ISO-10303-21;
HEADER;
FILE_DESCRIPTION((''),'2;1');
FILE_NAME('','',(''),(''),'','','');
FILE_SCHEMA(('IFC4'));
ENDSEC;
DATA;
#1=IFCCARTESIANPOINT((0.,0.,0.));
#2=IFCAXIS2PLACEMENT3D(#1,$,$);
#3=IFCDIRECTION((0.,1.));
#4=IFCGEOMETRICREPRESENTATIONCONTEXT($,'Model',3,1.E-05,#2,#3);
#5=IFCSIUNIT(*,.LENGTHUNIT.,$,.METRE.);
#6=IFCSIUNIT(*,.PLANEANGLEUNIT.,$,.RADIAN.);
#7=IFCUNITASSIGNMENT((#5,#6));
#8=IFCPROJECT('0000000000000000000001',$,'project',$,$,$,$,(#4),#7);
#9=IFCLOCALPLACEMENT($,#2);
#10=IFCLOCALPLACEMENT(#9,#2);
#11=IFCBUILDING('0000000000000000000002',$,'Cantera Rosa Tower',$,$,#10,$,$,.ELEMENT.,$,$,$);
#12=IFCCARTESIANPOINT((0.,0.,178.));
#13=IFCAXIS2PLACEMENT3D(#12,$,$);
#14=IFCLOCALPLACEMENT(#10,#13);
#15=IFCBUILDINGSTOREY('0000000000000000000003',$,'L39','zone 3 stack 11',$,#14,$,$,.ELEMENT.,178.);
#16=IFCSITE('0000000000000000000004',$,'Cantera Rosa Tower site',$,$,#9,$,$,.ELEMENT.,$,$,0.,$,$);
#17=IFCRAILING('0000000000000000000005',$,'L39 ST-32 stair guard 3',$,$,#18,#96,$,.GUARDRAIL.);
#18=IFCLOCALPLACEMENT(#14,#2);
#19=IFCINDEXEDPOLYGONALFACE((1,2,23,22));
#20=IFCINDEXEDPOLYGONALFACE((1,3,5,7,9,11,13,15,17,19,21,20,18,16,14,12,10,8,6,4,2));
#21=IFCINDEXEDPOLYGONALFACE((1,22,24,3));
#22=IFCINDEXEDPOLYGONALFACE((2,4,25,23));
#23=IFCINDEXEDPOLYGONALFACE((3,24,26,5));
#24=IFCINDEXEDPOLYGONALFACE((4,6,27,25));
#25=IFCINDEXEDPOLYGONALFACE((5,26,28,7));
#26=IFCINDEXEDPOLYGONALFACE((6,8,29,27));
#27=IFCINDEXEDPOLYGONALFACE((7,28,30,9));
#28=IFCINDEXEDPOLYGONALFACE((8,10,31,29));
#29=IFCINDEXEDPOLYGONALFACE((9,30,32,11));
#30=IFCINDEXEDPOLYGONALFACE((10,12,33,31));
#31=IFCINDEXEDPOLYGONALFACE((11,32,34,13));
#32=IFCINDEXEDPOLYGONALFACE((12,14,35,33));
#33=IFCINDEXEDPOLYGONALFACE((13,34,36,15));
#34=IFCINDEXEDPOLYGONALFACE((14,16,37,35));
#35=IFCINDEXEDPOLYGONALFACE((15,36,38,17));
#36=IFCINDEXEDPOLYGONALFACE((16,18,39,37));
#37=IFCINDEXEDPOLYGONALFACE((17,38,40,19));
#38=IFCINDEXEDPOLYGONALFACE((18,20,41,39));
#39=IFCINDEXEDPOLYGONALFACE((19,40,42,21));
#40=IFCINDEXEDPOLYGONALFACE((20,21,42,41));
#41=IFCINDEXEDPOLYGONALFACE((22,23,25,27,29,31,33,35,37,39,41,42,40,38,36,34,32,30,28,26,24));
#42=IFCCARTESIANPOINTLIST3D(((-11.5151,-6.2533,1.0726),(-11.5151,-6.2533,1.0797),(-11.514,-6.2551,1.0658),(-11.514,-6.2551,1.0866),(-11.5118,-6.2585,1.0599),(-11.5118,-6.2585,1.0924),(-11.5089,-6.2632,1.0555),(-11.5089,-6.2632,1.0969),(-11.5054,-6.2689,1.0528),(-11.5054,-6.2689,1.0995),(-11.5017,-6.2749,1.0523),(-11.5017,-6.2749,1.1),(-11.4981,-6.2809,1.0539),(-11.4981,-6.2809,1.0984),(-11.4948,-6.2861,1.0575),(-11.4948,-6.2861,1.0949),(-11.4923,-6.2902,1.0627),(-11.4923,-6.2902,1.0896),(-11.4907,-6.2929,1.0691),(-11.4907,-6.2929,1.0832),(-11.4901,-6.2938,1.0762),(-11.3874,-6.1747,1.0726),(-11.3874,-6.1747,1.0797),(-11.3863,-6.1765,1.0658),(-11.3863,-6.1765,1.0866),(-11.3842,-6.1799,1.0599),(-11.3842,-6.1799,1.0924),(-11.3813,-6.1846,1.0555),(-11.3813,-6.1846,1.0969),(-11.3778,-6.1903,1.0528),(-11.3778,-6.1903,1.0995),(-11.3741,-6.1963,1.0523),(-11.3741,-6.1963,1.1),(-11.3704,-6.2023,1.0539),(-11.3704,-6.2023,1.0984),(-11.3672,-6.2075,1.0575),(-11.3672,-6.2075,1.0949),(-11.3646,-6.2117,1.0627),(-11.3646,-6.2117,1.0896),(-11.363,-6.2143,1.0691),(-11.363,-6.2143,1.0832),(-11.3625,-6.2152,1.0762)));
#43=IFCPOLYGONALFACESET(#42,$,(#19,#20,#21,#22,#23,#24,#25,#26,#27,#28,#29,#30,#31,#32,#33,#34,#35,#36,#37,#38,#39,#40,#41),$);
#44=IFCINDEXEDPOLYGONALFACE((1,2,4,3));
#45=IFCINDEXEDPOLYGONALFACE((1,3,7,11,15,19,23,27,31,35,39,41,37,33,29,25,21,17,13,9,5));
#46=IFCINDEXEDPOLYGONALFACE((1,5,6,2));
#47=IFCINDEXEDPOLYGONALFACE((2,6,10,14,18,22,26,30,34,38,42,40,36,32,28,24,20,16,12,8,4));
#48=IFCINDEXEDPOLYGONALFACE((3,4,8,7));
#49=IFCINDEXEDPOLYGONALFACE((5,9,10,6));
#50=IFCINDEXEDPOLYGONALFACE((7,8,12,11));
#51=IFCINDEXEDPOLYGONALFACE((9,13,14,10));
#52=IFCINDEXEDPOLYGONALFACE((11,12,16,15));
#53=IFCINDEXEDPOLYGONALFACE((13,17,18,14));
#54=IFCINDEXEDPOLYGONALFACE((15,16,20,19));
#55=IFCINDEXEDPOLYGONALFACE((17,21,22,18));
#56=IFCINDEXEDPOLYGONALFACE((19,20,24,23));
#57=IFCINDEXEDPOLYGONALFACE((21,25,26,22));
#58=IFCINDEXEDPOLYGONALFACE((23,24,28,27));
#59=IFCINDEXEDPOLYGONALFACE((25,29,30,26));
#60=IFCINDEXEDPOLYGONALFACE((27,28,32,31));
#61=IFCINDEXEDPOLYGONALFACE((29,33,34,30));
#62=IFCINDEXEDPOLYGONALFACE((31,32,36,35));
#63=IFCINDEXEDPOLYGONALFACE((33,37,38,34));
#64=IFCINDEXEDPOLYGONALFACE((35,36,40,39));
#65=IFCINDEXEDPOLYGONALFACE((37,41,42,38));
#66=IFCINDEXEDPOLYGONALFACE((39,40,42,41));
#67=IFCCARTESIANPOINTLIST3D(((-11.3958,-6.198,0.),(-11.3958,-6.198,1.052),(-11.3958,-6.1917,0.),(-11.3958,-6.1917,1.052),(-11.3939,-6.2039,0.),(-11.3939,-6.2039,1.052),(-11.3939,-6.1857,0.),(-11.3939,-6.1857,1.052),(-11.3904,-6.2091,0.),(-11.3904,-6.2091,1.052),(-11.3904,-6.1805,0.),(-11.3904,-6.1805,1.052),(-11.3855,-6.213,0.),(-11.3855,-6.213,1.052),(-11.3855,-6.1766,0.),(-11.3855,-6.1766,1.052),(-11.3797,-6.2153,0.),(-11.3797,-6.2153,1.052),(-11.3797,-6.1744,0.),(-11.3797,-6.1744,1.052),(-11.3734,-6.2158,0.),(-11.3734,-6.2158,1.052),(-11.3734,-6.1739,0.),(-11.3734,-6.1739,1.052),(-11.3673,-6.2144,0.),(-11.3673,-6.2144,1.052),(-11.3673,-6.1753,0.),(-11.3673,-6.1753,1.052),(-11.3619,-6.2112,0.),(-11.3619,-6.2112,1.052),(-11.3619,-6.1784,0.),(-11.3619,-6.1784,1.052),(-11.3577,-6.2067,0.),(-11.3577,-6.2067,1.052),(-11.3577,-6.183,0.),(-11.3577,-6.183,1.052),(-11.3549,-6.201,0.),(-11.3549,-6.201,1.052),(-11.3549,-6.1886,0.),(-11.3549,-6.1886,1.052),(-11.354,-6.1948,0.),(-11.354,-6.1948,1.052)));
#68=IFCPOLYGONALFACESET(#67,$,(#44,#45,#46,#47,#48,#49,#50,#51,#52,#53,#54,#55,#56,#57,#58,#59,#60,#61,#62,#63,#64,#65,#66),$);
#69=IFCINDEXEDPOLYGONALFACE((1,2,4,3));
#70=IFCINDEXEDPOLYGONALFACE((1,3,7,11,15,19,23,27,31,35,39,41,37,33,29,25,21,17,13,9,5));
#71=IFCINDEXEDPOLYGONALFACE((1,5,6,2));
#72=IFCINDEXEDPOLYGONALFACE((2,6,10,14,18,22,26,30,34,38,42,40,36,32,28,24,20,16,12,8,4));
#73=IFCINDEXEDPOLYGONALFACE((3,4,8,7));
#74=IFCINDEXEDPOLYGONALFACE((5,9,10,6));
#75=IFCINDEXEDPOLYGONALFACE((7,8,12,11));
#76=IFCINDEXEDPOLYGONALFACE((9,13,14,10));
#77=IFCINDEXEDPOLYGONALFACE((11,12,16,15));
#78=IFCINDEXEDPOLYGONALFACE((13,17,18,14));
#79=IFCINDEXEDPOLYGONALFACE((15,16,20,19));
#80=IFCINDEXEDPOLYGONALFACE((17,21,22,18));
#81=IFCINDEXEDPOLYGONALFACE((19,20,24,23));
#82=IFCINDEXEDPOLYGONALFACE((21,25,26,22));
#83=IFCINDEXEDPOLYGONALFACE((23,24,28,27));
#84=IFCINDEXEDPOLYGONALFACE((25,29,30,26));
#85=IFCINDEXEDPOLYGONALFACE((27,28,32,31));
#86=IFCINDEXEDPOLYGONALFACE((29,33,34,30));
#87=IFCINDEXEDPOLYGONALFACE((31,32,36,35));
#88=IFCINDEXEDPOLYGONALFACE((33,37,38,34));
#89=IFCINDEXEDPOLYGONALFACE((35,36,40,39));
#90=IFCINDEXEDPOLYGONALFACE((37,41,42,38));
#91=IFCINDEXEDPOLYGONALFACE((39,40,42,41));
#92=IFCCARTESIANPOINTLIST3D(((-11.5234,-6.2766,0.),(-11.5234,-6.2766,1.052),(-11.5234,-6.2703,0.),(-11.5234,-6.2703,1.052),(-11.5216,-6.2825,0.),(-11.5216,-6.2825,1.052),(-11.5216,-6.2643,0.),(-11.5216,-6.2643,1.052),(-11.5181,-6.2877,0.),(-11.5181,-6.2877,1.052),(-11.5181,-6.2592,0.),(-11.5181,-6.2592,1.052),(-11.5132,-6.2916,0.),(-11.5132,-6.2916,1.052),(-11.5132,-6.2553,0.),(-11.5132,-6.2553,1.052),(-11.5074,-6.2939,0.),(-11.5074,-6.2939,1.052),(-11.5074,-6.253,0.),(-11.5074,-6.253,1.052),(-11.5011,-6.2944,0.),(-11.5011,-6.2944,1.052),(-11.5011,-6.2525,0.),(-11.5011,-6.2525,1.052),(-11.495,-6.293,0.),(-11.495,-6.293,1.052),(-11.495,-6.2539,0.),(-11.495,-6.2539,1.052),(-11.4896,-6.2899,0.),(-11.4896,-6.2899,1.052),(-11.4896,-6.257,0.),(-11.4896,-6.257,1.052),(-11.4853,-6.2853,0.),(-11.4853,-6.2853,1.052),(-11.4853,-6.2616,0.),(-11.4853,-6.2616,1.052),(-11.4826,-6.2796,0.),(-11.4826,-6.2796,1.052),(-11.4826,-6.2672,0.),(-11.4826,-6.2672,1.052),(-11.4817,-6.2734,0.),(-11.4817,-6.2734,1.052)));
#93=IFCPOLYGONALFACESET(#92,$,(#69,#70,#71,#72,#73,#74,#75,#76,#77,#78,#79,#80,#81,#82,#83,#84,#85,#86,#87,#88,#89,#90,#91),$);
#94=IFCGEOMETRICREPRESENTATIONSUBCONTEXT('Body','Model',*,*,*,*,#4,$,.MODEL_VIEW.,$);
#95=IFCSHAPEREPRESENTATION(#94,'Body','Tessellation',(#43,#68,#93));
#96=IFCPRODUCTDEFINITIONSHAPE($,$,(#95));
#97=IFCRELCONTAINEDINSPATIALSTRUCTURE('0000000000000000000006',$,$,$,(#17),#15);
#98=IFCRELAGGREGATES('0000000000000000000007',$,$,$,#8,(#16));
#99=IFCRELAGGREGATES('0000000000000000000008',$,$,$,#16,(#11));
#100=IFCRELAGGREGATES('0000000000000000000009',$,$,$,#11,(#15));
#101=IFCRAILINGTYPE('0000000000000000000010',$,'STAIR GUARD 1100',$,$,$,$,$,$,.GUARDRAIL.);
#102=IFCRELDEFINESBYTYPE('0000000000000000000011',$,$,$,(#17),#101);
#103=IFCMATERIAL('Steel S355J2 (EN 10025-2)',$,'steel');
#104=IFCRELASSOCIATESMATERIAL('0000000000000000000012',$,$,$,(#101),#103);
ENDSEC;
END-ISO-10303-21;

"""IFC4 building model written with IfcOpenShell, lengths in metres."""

from ifc_helpers import new_model, si_unit, direction, frame, origin, origin_2d, place, context, subcontext, project, spatial, circle, extrude, material, type_object, element, save


model = new_model("IFC4")

# Units and contexts
model_context = context("Model", 3, precision=1e-05, world=origin(), true_north=direction((0.0, 1.0)))
body_context = subcontext(model_context, "Body", "Model", "MODEL_VIEW")
ifc_project = project(units=[si_unit("LENGTHUNIT", "METRE"), si_unit("PLANEANGLEUNIT", "RADIAN")], contexts=[model_context])

# Site, building, storey
site_placement = place(None, origin())
site = spatial("IfcSite", under=ifc_project, at=site_placement, Name="Cantera Rosa Tower site", CompositionType="ELEMENT", RefElevation=0.0)
building_placement = place(site_placement, origin())
building = spatial("IfcBuilding", under=site, at=building_placement, Name="Cantera Rosa Tower", CompositionType="ELEMENT")
storey_placement = place(building_placement, frame((0.0, 0.0, 178.0)))
storey = spatial("IfcBuildingStorey", under=building, at=storey_placement, Name="L39", Description="zone 3 stack 11", CompositionType="ELEMENT", Elevation=178.0)

# Railing
ifc_material_1 = material(Name="Steel S355J2 (EN 10025-2)", Category="steel")
railing_type_1 = type_object("IfcRailingType", Name="STAIR GUARD 1100", PredefinedType="GUARDRAIL", material=ifc_material_1)
railing_1_placement = place(storey_placement, frame((-11.375, -6.1948, 0.0)))
element("IfcRailing", 1, at=railing_1_placement, inside=storey, type_object=railing_type_1, Name="L39 ST-32 stair guard 3", PredefinedType="GUARDRAIL", context=body_context, shape_type="SweptSolid", body=[
    extrude(circle(Radius=0.0239, at=origin_2d()), frame((0.0, 0.0, 1.0762), z_axis=(-0.851546, -0.524279, 0.0), x_axis=(0.524279, -0.851546, 0.0)), (0.0, 0.0, 1.0), 0.1499),
    extrude(circle(Radius=0.021, at=origin_2d()), origin(), (0.0, 0.0, 1.0), 1.052),
    extrude(circle(Radius=0.021, at=origin_2d()), frame((-0.1277, -0.0786, 0.0)), (0.0, 0.0, 1.0), 1.052),
])

save(model, "model.ifc")
